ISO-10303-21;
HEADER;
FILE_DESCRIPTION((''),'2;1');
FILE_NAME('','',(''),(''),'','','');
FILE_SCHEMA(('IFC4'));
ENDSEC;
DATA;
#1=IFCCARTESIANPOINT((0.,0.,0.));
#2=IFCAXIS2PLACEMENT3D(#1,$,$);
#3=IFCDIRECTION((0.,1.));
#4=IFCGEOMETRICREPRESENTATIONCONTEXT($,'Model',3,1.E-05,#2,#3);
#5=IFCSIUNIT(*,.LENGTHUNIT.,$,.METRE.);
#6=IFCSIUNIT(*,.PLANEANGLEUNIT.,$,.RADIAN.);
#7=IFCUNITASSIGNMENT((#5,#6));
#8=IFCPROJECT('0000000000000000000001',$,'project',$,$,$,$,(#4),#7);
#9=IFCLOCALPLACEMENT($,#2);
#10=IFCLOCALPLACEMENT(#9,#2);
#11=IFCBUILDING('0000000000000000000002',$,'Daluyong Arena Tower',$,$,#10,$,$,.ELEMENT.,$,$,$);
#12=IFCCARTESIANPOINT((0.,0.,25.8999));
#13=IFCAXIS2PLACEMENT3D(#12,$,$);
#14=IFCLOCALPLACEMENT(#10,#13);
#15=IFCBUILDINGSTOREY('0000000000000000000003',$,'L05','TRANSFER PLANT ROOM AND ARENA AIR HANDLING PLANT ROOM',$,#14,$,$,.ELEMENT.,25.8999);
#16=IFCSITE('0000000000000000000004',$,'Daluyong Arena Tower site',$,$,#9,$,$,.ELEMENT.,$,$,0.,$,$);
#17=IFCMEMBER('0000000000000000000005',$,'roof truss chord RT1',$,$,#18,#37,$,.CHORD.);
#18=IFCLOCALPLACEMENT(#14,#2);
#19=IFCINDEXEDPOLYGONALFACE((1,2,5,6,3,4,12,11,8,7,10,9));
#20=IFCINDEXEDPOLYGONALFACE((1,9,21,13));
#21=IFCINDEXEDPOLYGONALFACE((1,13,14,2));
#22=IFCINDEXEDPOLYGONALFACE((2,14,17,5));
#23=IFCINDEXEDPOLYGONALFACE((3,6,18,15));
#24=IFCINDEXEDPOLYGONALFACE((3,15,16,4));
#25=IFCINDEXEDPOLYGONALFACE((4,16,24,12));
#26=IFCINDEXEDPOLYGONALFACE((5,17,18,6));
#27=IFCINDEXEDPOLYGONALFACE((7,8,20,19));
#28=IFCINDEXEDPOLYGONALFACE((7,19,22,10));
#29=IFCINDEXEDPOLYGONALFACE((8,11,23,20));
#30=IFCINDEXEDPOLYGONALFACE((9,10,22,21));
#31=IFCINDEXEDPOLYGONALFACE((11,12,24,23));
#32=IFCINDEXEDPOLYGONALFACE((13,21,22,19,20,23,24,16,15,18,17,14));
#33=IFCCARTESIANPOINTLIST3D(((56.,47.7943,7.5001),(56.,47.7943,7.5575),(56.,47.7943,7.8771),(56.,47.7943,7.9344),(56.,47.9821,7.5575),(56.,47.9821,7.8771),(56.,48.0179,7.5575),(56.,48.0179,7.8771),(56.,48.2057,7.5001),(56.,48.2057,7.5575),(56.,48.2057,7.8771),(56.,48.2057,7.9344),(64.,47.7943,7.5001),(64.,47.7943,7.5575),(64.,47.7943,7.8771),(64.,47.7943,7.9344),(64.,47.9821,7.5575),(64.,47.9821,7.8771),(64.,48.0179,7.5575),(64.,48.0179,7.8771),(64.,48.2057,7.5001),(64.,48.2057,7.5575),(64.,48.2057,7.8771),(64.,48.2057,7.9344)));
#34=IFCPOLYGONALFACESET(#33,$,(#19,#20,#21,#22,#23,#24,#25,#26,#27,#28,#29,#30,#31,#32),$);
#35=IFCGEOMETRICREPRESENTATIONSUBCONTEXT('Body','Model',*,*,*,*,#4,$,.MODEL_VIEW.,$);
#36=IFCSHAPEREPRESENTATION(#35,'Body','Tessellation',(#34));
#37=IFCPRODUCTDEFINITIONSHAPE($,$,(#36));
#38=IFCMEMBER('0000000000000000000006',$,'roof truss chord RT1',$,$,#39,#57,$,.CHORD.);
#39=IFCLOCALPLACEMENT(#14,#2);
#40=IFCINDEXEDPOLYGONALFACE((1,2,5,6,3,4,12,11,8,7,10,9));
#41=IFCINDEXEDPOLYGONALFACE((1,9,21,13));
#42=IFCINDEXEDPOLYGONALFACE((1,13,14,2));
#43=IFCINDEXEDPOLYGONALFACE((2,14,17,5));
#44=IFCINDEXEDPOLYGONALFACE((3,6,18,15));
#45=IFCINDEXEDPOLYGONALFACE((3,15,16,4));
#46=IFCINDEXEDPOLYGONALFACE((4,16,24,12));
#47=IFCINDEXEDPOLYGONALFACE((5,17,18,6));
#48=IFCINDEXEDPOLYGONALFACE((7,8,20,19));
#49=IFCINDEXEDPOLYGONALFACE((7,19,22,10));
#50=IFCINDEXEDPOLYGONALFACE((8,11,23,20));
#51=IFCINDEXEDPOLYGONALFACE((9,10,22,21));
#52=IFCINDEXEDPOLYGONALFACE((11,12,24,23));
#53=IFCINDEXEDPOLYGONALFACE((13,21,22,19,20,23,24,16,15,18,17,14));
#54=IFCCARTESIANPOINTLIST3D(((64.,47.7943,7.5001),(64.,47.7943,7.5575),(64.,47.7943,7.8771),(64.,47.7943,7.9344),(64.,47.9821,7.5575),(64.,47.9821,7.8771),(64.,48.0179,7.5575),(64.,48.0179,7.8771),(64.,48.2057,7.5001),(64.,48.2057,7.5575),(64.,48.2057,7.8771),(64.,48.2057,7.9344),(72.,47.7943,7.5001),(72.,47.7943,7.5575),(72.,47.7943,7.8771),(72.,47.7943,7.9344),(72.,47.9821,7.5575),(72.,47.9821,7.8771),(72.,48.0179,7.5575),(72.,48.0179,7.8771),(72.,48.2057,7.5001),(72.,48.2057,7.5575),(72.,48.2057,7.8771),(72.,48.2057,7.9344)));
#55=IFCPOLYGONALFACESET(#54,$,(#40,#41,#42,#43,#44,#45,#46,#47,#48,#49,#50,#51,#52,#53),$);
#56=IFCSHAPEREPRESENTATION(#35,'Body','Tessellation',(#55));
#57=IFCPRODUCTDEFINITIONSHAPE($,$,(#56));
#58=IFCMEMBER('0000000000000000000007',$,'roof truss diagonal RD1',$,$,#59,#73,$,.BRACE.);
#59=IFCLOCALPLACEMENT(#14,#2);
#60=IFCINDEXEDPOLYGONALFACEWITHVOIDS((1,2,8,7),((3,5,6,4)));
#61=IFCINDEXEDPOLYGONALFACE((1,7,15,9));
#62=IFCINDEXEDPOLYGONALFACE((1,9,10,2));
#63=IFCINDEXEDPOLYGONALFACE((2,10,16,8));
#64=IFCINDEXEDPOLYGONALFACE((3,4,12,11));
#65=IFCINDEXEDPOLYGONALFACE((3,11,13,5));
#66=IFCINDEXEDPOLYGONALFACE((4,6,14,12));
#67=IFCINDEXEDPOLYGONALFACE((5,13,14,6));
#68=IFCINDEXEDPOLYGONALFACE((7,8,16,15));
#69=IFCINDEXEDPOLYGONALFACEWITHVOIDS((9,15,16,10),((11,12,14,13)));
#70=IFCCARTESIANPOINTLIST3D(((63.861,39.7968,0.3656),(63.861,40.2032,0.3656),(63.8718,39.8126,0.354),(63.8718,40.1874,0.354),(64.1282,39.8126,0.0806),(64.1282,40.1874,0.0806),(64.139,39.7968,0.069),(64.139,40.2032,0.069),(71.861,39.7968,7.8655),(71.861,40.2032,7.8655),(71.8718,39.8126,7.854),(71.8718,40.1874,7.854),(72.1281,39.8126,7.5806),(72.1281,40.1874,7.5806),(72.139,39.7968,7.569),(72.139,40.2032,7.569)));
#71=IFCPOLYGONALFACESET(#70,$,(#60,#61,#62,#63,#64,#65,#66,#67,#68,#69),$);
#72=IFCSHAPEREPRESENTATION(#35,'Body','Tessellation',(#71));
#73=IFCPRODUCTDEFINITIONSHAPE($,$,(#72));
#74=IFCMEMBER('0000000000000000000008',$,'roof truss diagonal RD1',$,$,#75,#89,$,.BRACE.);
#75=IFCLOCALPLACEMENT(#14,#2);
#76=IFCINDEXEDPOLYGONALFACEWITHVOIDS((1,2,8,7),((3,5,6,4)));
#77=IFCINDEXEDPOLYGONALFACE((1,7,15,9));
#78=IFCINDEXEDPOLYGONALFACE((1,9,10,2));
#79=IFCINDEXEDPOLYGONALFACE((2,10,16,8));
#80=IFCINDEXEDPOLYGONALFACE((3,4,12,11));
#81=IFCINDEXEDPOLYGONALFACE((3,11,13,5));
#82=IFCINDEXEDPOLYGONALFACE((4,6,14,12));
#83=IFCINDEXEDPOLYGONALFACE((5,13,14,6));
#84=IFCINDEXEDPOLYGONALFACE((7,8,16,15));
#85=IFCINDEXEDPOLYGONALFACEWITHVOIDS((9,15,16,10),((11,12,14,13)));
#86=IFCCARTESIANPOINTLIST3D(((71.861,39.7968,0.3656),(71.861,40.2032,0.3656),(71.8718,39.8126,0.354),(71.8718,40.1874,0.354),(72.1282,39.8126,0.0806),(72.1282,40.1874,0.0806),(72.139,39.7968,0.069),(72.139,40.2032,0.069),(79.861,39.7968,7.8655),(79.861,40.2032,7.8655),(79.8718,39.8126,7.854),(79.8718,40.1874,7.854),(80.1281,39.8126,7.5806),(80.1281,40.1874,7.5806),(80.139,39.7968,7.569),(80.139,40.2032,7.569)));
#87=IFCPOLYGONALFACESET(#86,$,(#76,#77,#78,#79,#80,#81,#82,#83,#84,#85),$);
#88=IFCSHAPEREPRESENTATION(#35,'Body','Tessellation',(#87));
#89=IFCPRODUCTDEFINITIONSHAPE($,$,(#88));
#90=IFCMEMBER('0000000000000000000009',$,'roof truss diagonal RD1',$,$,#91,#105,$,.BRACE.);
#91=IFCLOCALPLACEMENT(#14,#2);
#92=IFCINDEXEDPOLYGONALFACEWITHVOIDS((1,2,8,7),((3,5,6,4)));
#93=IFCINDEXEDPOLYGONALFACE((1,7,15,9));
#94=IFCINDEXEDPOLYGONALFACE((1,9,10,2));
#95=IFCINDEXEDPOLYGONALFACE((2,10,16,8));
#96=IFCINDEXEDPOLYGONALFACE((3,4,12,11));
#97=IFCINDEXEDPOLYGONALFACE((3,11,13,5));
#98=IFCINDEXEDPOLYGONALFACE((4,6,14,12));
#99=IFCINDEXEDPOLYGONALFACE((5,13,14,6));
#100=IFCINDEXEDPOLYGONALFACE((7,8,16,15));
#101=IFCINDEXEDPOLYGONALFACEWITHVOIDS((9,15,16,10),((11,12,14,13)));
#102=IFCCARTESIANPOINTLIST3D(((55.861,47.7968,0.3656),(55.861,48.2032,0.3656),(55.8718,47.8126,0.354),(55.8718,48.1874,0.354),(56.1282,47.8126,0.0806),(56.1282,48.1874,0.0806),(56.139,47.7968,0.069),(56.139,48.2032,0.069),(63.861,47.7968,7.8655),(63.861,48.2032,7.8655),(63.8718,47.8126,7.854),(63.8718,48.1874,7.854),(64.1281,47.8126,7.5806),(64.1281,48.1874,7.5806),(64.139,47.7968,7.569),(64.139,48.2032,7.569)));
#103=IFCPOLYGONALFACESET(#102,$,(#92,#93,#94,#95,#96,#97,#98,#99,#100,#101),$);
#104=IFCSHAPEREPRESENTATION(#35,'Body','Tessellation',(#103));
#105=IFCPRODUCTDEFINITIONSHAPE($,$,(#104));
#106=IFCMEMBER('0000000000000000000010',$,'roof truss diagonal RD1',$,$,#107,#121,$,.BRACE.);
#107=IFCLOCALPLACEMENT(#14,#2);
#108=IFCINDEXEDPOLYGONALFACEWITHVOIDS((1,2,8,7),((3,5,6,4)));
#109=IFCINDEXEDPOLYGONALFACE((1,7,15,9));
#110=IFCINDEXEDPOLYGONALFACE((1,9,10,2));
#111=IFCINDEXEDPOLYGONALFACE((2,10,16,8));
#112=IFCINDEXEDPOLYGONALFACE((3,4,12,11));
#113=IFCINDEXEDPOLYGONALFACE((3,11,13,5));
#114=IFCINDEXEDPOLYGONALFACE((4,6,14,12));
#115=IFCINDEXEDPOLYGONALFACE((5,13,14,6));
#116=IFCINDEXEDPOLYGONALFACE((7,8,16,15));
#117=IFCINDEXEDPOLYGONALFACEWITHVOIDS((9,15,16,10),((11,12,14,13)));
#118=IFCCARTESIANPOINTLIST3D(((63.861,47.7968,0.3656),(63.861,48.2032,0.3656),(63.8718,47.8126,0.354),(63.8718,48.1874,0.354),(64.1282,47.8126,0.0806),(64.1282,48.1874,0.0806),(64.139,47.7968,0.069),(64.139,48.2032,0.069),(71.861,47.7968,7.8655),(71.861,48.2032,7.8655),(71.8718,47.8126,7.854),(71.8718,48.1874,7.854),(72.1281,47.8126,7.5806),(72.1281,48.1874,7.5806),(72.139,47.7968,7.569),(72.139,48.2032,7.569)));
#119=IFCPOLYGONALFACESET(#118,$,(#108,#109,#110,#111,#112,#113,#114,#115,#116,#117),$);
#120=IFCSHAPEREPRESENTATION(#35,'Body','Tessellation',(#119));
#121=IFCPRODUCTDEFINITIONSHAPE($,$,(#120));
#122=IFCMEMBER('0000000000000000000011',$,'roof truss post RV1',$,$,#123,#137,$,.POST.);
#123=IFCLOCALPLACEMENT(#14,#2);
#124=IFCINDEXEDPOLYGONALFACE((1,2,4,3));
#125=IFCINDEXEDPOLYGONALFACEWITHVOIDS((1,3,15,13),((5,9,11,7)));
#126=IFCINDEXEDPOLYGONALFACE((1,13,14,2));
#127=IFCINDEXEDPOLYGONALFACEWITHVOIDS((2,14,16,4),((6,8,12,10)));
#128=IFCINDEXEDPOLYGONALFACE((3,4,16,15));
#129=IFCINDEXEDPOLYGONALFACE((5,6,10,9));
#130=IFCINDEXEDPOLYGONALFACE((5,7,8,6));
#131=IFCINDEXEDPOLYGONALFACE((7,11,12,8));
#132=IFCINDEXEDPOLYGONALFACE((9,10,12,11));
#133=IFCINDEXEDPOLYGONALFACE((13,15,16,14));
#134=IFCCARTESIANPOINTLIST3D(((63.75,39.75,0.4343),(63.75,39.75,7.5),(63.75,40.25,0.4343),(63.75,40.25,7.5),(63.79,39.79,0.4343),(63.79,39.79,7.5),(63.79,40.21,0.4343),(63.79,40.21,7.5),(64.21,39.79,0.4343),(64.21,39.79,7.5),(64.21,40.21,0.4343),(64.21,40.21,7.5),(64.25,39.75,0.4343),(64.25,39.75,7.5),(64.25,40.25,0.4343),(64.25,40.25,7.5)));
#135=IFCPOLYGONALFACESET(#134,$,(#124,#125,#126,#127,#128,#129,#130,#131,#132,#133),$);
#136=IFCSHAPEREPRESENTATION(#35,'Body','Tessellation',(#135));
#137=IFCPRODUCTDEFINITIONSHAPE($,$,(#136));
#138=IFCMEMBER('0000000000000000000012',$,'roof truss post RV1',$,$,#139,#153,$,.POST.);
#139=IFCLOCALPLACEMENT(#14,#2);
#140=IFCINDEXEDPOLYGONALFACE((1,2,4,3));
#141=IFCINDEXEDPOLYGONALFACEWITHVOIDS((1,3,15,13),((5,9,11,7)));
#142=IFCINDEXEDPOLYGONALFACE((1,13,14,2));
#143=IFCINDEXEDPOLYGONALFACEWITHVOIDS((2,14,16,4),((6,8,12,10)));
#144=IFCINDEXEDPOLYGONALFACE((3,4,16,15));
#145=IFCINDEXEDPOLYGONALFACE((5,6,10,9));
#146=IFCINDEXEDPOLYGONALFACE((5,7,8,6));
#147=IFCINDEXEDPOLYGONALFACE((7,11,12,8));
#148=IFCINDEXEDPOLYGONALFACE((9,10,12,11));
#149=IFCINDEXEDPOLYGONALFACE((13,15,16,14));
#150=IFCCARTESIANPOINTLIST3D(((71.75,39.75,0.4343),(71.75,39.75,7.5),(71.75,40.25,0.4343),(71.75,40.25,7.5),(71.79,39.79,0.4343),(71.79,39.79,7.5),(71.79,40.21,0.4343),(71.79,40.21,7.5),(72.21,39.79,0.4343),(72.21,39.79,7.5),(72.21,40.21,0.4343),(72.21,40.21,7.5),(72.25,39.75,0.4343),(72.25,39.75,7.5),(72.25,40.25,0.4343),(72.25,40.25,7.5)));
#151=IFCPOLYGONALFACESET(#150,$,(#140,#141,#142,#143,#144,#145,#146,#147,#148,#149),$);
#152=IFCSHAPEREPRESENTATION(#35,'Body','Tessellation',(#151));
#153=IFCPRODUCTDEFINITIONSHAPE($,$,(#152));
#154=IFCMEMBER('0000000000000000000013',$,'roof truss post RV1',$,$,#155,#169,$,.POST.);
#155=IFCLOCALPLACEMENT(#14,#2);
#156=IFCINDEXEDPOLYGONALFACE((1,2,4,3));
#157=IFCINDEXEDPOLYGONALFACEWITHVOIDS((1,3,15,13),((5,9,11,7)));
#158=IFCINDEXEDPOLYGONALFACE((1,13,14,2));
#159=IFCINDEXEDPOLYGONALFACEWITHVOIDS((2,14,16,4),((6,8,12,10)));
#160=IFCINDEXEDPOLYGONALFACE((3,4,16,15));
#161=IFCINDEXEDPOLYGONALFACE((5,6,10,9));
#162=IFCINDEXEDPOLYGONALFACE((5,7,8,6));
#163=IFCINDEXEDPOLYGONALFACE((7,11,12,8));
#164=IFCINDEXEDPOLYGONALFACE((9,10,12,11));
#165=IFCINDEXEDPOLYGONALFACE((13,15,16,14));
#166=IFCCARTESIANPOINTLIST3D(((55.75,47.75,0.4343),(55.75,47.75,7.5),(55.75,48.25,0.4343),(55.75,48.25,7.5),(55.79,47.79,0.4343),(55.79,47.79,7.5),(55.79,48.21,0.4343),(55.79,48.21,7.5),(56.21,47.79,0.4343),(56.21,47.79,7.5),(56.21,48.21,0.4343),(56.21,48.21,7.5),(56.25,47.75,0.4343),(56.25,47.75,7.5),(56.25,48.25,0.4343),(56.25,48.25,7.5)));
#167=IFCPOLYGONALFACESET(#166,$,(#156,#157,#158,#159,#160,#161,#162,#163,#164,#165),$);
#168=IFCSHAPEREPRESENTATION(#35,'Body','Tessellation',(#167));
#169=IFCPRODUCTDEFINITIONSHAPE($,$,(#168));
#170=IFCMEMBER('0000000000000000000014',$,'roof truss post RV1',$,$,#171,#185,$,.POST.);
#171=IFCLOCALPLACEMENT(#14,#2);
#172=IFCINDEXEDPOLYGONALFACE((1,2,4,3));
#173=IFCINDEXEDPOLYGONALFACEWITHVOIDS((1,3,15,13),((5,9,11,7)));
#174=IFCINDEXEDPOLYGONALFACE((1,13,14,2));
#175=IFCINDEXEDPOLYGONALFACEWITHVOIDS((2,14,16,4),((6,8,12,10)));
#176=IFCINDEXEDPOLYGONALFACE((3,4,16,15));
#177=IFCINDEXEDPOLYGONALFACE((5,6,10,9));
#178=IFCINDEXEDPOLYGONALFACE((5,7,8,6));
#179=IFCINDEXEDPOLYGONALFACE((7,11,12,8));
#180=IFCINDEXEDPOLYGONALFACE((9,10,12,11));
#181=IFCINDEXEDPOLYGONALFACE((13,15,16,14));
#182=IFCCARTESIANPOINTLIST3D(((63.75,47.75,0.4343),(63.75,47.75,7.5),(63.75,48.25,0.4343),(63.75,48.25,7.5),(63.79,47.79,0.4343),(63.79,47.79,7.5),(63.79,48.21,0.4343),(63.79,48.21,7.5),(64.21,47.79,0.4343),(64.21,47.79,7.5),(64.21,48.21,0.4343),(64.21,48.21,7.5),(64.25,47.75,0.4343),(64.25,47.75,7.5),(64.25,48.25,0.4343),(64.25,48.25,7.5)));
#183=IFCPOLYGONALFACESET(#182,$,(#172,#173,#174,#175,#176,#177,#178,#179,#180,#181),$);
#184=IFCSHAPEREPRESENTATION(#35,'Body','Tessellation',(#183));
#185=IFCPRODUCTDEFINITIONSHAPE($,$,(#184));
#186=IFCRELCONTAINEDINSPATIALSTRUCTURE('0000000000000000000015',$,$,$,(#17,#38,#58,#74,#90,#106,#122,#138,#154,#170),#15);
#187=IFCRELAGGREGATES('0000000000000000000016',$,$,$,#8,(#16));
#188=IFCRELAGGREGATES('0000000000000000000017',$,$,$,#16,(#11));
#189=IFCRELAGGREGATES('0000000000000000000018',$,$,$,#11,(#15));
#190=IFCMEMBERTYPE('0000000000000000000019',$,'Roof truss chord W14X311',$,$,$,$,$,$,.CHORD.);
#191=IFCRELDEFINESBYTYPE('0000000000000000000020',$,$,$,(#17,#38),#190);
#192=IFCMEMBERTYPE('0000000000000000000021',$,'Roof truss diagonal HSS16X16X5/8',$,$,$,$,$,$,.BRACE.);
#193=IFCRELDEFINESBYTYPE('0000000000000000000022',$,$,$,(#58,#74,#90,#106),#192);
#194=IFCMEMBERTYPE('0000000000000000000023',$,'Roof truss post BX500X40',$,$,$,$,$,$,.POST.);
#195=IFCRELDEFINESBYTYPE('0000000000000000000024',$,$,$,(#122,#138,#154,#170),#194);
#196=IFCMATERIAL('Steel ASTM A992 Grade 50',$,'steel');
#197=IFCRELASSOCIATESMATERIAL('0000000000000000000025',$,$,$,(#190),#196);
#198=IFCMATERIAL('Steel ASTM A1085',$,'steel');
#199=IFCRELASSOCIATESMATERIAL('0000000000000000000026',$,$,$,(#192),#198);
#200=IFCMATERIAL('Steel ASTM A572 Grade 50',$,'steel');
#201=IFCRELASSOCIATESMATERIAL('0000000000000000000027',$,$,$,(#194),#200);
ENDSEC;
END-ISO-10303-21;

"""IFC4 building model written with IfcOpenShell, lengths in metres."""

from ifc_helpers import new_model, si_unit, direction, frame, origin, origin_2d, place, context, subcontext, project, spatial, hollow_rectangle, i_section, extrude, material, material_profile, profile_set, type_object, element, save


model = new_model("IFC4")

# Units and contexts
model_context = context("Model", 3, precision=1e-05, world=origin(), true_north=direction((0.0, 1.0)))
body_context = subcontext(model_context, "Body", "Model", "MODEL_VIEW")
ifc_project = project(units=[si_unit("LENGTHUNIT", "METRE"), si_unit("PLANEANGLEUNIT", "RADIAN")], contexts=[model_context])

# Site, building, storey
site_placement = place(None, origin())
site = spatial("IfcSite", under=ifc_project, at=site_placement, Name="Daluyong Arena Tower site", CompositionType="ELEMENT", RefElevation=0.0)
building_placement = place(site_placement, origin())
building = spatial("IfcBuilding", under=site, at=building_placement, Name="Daluyong Arena Tower", CompositionType="ELEMENT")
storey_placement = place(building_placement, frame((0.0, 0.0, 25.8999)))
storey = spatial("IfcBuildingStorey", under=building, at=storey_placement, Name="L05", Description="TRANSFER PLANT ROOM AND ARENA AIR HANDLING PLANT ROOM", CompositionType="ELEMENT", Elevation=25.8999)

# Members
ifc_material_1 = material(Name="Steel ASTM A992 Grade 50", Category="steel")
ifc_material_profile_1 = material_profile(ifc_material_1, i_section(OverallWidth=0.4114, OverallDepth=0.4343, WebThickness=0.0359, FlangeThickness=0.0574, at=origin_2d()))
ifc_profile_set_1 = profile_set([ifc_material_profile_1], Name="Steel ASTM A992 Grade 50")
member_type_1 = type_object("IfcMemberType", Name="Roof truss chord W14X311", PredefinedType="CHORD", material=ifc_profile_set_1)
for number, where, z_axis, x_axis, name in (
    (1, (56.0, 48.0, 7.7173), (1.0, 0.0, 0.0), (0.0, 1.0, 0.0), "roof truss chord RT1"),
    (2, (64.0, 48.0, 7.7173), (1.0, 0.0, 0.0), (0.0, 1.0, 0.0), "roof truss chord RT1"),
):
    element("IfcMember", number, at=place(storey_placement, frame(where, z_axis=z_axis, x_axis=x_axis)), inside=storey, type_object=member_type_1, Name=name, PredefinedType="CHORD", context=body_context, shape_type="SweptSolid", body=[
        extrude(i_section(OverallWidth=0.4114, OverallDepth=0.4343, WebThickness=0.0359, FlangeThickness=0.0574, at=origin_2d()), origin(), (0.0, 0.0, 1.0), 8.0),
    ])
ifc_material_2 = material(Name="Steel ASTM A1085", Category="steel")
ifc_material_profile_2 = material_profile(ifc_material_2, hollow_rectangle(XDim=0.4065, YDim=0.4065, WallThickness=0.0159, at=origin_2d()))
ifc_profile_set_2 = profile_set([ifc_material_profile_2], Name="Steel ASTM A1085")
member_type_2 = type_object("IfcMemberType", Name="Roof truss diagonal HSS16X16X5/8", PredefinedType="BRACE", material=ifc_profile_set_2)
for number, where, z_axis, x_axis, name in (
    (3, (64.0, 40.0, 0.2173), (0.729537, 0.0, 0.683941), (0.0, 1.0, 0.0), "roof truss diagonal RD1"),
    (4, (72.0, 40.0, 0.2173), (0.729537, 0.0, 0.683941), (0.0, 1.0, 0.0), "roof truss diagonal RD1"),
    (5, (56.0, 48.0, 0.2173), (0.729537, 0.0, 0.683941), (0.0, 1.0, 0.0), "roof truss diagonal RD1"),
    (6, (64.0, 48.0, 0.2173), (0.729537, 0.0, 0.683941), (0.0, 1.0, 0.0), "roof truss diagonal RD1"),
):
    element("IfcMember", number, at=place(storey_placement, frame(where, z_axis=z_axis, x_axis=x_axis)), inside=storey, type_object=member_type_2, Name=name, PredefinedType="BRACE", context=body_context, shape_type="SweptSolid", body=[
        extrude(hollow_rectangle(XDim=0.4065, YDim=0.4065, WallThickness=0.0159, at=origin_2d()), origin(), (0.0, 0.0, 1.0), 10.9658),
    ])
ifc_material_3 = material(Name="Steel ASTM A572 Grade 50", Category="steel")
ifc_material_profile_3 = material_profile(ifc_material_3, hollow_rectangle(XDim=0.5, YDim=0.5, WallThickness=0.04, at=origin_2d()))
ifc_profile_set_3 = profile_set([ifc_material_profile_3], Name="Steel ASTM A572 Grade 50")
member_type_3 = type_object("IfcMemberType", Name="Roof truss post BX500X40", PredefinedType="POST", material=ifc_profile_set_3)
for number, where, z_axis, x_axis, name in (
    (7, (64.0, 40.0, 0.4343), (0.0, 0.0, 1.0), (1.0, 0.0, 0.0), "roof truss post RV1"),
    (8, (72.0, 40.0, 0.4343), (0.0, 0.0, 1.0), (1.0, 0.0, 0.0), "roof truss post RV1"),
    (9, (56.0, 48.0, 0.4343), (0.0, 0.0, 1.0), (1.0, 0.0, 0.0), "roof truss post RV1"),
    (10, (64.0, 48.0, 0.4343), (0.0, 0.0, 1.0), (1.0, 0.0, 0.0), "roof truss post RV1"),
):
    element("IfcMember", number, at=place(storey_placement, frame(where, z_axis=z_axis, x_axis=x_axis)), inside=storey, type_object=member_type_3, Name=name, PredefinedType="POST", context=body_context, shape_type="SweptSolid", body=[
        extrude(hollow_rectangle(XDim=0.5, YDim=0.5, WallThickness=0.04, at=origin_2d()), origin(), (0.0, 0.0, 1.0), 7.0657),
    ])

save(model, "model.ifc")
